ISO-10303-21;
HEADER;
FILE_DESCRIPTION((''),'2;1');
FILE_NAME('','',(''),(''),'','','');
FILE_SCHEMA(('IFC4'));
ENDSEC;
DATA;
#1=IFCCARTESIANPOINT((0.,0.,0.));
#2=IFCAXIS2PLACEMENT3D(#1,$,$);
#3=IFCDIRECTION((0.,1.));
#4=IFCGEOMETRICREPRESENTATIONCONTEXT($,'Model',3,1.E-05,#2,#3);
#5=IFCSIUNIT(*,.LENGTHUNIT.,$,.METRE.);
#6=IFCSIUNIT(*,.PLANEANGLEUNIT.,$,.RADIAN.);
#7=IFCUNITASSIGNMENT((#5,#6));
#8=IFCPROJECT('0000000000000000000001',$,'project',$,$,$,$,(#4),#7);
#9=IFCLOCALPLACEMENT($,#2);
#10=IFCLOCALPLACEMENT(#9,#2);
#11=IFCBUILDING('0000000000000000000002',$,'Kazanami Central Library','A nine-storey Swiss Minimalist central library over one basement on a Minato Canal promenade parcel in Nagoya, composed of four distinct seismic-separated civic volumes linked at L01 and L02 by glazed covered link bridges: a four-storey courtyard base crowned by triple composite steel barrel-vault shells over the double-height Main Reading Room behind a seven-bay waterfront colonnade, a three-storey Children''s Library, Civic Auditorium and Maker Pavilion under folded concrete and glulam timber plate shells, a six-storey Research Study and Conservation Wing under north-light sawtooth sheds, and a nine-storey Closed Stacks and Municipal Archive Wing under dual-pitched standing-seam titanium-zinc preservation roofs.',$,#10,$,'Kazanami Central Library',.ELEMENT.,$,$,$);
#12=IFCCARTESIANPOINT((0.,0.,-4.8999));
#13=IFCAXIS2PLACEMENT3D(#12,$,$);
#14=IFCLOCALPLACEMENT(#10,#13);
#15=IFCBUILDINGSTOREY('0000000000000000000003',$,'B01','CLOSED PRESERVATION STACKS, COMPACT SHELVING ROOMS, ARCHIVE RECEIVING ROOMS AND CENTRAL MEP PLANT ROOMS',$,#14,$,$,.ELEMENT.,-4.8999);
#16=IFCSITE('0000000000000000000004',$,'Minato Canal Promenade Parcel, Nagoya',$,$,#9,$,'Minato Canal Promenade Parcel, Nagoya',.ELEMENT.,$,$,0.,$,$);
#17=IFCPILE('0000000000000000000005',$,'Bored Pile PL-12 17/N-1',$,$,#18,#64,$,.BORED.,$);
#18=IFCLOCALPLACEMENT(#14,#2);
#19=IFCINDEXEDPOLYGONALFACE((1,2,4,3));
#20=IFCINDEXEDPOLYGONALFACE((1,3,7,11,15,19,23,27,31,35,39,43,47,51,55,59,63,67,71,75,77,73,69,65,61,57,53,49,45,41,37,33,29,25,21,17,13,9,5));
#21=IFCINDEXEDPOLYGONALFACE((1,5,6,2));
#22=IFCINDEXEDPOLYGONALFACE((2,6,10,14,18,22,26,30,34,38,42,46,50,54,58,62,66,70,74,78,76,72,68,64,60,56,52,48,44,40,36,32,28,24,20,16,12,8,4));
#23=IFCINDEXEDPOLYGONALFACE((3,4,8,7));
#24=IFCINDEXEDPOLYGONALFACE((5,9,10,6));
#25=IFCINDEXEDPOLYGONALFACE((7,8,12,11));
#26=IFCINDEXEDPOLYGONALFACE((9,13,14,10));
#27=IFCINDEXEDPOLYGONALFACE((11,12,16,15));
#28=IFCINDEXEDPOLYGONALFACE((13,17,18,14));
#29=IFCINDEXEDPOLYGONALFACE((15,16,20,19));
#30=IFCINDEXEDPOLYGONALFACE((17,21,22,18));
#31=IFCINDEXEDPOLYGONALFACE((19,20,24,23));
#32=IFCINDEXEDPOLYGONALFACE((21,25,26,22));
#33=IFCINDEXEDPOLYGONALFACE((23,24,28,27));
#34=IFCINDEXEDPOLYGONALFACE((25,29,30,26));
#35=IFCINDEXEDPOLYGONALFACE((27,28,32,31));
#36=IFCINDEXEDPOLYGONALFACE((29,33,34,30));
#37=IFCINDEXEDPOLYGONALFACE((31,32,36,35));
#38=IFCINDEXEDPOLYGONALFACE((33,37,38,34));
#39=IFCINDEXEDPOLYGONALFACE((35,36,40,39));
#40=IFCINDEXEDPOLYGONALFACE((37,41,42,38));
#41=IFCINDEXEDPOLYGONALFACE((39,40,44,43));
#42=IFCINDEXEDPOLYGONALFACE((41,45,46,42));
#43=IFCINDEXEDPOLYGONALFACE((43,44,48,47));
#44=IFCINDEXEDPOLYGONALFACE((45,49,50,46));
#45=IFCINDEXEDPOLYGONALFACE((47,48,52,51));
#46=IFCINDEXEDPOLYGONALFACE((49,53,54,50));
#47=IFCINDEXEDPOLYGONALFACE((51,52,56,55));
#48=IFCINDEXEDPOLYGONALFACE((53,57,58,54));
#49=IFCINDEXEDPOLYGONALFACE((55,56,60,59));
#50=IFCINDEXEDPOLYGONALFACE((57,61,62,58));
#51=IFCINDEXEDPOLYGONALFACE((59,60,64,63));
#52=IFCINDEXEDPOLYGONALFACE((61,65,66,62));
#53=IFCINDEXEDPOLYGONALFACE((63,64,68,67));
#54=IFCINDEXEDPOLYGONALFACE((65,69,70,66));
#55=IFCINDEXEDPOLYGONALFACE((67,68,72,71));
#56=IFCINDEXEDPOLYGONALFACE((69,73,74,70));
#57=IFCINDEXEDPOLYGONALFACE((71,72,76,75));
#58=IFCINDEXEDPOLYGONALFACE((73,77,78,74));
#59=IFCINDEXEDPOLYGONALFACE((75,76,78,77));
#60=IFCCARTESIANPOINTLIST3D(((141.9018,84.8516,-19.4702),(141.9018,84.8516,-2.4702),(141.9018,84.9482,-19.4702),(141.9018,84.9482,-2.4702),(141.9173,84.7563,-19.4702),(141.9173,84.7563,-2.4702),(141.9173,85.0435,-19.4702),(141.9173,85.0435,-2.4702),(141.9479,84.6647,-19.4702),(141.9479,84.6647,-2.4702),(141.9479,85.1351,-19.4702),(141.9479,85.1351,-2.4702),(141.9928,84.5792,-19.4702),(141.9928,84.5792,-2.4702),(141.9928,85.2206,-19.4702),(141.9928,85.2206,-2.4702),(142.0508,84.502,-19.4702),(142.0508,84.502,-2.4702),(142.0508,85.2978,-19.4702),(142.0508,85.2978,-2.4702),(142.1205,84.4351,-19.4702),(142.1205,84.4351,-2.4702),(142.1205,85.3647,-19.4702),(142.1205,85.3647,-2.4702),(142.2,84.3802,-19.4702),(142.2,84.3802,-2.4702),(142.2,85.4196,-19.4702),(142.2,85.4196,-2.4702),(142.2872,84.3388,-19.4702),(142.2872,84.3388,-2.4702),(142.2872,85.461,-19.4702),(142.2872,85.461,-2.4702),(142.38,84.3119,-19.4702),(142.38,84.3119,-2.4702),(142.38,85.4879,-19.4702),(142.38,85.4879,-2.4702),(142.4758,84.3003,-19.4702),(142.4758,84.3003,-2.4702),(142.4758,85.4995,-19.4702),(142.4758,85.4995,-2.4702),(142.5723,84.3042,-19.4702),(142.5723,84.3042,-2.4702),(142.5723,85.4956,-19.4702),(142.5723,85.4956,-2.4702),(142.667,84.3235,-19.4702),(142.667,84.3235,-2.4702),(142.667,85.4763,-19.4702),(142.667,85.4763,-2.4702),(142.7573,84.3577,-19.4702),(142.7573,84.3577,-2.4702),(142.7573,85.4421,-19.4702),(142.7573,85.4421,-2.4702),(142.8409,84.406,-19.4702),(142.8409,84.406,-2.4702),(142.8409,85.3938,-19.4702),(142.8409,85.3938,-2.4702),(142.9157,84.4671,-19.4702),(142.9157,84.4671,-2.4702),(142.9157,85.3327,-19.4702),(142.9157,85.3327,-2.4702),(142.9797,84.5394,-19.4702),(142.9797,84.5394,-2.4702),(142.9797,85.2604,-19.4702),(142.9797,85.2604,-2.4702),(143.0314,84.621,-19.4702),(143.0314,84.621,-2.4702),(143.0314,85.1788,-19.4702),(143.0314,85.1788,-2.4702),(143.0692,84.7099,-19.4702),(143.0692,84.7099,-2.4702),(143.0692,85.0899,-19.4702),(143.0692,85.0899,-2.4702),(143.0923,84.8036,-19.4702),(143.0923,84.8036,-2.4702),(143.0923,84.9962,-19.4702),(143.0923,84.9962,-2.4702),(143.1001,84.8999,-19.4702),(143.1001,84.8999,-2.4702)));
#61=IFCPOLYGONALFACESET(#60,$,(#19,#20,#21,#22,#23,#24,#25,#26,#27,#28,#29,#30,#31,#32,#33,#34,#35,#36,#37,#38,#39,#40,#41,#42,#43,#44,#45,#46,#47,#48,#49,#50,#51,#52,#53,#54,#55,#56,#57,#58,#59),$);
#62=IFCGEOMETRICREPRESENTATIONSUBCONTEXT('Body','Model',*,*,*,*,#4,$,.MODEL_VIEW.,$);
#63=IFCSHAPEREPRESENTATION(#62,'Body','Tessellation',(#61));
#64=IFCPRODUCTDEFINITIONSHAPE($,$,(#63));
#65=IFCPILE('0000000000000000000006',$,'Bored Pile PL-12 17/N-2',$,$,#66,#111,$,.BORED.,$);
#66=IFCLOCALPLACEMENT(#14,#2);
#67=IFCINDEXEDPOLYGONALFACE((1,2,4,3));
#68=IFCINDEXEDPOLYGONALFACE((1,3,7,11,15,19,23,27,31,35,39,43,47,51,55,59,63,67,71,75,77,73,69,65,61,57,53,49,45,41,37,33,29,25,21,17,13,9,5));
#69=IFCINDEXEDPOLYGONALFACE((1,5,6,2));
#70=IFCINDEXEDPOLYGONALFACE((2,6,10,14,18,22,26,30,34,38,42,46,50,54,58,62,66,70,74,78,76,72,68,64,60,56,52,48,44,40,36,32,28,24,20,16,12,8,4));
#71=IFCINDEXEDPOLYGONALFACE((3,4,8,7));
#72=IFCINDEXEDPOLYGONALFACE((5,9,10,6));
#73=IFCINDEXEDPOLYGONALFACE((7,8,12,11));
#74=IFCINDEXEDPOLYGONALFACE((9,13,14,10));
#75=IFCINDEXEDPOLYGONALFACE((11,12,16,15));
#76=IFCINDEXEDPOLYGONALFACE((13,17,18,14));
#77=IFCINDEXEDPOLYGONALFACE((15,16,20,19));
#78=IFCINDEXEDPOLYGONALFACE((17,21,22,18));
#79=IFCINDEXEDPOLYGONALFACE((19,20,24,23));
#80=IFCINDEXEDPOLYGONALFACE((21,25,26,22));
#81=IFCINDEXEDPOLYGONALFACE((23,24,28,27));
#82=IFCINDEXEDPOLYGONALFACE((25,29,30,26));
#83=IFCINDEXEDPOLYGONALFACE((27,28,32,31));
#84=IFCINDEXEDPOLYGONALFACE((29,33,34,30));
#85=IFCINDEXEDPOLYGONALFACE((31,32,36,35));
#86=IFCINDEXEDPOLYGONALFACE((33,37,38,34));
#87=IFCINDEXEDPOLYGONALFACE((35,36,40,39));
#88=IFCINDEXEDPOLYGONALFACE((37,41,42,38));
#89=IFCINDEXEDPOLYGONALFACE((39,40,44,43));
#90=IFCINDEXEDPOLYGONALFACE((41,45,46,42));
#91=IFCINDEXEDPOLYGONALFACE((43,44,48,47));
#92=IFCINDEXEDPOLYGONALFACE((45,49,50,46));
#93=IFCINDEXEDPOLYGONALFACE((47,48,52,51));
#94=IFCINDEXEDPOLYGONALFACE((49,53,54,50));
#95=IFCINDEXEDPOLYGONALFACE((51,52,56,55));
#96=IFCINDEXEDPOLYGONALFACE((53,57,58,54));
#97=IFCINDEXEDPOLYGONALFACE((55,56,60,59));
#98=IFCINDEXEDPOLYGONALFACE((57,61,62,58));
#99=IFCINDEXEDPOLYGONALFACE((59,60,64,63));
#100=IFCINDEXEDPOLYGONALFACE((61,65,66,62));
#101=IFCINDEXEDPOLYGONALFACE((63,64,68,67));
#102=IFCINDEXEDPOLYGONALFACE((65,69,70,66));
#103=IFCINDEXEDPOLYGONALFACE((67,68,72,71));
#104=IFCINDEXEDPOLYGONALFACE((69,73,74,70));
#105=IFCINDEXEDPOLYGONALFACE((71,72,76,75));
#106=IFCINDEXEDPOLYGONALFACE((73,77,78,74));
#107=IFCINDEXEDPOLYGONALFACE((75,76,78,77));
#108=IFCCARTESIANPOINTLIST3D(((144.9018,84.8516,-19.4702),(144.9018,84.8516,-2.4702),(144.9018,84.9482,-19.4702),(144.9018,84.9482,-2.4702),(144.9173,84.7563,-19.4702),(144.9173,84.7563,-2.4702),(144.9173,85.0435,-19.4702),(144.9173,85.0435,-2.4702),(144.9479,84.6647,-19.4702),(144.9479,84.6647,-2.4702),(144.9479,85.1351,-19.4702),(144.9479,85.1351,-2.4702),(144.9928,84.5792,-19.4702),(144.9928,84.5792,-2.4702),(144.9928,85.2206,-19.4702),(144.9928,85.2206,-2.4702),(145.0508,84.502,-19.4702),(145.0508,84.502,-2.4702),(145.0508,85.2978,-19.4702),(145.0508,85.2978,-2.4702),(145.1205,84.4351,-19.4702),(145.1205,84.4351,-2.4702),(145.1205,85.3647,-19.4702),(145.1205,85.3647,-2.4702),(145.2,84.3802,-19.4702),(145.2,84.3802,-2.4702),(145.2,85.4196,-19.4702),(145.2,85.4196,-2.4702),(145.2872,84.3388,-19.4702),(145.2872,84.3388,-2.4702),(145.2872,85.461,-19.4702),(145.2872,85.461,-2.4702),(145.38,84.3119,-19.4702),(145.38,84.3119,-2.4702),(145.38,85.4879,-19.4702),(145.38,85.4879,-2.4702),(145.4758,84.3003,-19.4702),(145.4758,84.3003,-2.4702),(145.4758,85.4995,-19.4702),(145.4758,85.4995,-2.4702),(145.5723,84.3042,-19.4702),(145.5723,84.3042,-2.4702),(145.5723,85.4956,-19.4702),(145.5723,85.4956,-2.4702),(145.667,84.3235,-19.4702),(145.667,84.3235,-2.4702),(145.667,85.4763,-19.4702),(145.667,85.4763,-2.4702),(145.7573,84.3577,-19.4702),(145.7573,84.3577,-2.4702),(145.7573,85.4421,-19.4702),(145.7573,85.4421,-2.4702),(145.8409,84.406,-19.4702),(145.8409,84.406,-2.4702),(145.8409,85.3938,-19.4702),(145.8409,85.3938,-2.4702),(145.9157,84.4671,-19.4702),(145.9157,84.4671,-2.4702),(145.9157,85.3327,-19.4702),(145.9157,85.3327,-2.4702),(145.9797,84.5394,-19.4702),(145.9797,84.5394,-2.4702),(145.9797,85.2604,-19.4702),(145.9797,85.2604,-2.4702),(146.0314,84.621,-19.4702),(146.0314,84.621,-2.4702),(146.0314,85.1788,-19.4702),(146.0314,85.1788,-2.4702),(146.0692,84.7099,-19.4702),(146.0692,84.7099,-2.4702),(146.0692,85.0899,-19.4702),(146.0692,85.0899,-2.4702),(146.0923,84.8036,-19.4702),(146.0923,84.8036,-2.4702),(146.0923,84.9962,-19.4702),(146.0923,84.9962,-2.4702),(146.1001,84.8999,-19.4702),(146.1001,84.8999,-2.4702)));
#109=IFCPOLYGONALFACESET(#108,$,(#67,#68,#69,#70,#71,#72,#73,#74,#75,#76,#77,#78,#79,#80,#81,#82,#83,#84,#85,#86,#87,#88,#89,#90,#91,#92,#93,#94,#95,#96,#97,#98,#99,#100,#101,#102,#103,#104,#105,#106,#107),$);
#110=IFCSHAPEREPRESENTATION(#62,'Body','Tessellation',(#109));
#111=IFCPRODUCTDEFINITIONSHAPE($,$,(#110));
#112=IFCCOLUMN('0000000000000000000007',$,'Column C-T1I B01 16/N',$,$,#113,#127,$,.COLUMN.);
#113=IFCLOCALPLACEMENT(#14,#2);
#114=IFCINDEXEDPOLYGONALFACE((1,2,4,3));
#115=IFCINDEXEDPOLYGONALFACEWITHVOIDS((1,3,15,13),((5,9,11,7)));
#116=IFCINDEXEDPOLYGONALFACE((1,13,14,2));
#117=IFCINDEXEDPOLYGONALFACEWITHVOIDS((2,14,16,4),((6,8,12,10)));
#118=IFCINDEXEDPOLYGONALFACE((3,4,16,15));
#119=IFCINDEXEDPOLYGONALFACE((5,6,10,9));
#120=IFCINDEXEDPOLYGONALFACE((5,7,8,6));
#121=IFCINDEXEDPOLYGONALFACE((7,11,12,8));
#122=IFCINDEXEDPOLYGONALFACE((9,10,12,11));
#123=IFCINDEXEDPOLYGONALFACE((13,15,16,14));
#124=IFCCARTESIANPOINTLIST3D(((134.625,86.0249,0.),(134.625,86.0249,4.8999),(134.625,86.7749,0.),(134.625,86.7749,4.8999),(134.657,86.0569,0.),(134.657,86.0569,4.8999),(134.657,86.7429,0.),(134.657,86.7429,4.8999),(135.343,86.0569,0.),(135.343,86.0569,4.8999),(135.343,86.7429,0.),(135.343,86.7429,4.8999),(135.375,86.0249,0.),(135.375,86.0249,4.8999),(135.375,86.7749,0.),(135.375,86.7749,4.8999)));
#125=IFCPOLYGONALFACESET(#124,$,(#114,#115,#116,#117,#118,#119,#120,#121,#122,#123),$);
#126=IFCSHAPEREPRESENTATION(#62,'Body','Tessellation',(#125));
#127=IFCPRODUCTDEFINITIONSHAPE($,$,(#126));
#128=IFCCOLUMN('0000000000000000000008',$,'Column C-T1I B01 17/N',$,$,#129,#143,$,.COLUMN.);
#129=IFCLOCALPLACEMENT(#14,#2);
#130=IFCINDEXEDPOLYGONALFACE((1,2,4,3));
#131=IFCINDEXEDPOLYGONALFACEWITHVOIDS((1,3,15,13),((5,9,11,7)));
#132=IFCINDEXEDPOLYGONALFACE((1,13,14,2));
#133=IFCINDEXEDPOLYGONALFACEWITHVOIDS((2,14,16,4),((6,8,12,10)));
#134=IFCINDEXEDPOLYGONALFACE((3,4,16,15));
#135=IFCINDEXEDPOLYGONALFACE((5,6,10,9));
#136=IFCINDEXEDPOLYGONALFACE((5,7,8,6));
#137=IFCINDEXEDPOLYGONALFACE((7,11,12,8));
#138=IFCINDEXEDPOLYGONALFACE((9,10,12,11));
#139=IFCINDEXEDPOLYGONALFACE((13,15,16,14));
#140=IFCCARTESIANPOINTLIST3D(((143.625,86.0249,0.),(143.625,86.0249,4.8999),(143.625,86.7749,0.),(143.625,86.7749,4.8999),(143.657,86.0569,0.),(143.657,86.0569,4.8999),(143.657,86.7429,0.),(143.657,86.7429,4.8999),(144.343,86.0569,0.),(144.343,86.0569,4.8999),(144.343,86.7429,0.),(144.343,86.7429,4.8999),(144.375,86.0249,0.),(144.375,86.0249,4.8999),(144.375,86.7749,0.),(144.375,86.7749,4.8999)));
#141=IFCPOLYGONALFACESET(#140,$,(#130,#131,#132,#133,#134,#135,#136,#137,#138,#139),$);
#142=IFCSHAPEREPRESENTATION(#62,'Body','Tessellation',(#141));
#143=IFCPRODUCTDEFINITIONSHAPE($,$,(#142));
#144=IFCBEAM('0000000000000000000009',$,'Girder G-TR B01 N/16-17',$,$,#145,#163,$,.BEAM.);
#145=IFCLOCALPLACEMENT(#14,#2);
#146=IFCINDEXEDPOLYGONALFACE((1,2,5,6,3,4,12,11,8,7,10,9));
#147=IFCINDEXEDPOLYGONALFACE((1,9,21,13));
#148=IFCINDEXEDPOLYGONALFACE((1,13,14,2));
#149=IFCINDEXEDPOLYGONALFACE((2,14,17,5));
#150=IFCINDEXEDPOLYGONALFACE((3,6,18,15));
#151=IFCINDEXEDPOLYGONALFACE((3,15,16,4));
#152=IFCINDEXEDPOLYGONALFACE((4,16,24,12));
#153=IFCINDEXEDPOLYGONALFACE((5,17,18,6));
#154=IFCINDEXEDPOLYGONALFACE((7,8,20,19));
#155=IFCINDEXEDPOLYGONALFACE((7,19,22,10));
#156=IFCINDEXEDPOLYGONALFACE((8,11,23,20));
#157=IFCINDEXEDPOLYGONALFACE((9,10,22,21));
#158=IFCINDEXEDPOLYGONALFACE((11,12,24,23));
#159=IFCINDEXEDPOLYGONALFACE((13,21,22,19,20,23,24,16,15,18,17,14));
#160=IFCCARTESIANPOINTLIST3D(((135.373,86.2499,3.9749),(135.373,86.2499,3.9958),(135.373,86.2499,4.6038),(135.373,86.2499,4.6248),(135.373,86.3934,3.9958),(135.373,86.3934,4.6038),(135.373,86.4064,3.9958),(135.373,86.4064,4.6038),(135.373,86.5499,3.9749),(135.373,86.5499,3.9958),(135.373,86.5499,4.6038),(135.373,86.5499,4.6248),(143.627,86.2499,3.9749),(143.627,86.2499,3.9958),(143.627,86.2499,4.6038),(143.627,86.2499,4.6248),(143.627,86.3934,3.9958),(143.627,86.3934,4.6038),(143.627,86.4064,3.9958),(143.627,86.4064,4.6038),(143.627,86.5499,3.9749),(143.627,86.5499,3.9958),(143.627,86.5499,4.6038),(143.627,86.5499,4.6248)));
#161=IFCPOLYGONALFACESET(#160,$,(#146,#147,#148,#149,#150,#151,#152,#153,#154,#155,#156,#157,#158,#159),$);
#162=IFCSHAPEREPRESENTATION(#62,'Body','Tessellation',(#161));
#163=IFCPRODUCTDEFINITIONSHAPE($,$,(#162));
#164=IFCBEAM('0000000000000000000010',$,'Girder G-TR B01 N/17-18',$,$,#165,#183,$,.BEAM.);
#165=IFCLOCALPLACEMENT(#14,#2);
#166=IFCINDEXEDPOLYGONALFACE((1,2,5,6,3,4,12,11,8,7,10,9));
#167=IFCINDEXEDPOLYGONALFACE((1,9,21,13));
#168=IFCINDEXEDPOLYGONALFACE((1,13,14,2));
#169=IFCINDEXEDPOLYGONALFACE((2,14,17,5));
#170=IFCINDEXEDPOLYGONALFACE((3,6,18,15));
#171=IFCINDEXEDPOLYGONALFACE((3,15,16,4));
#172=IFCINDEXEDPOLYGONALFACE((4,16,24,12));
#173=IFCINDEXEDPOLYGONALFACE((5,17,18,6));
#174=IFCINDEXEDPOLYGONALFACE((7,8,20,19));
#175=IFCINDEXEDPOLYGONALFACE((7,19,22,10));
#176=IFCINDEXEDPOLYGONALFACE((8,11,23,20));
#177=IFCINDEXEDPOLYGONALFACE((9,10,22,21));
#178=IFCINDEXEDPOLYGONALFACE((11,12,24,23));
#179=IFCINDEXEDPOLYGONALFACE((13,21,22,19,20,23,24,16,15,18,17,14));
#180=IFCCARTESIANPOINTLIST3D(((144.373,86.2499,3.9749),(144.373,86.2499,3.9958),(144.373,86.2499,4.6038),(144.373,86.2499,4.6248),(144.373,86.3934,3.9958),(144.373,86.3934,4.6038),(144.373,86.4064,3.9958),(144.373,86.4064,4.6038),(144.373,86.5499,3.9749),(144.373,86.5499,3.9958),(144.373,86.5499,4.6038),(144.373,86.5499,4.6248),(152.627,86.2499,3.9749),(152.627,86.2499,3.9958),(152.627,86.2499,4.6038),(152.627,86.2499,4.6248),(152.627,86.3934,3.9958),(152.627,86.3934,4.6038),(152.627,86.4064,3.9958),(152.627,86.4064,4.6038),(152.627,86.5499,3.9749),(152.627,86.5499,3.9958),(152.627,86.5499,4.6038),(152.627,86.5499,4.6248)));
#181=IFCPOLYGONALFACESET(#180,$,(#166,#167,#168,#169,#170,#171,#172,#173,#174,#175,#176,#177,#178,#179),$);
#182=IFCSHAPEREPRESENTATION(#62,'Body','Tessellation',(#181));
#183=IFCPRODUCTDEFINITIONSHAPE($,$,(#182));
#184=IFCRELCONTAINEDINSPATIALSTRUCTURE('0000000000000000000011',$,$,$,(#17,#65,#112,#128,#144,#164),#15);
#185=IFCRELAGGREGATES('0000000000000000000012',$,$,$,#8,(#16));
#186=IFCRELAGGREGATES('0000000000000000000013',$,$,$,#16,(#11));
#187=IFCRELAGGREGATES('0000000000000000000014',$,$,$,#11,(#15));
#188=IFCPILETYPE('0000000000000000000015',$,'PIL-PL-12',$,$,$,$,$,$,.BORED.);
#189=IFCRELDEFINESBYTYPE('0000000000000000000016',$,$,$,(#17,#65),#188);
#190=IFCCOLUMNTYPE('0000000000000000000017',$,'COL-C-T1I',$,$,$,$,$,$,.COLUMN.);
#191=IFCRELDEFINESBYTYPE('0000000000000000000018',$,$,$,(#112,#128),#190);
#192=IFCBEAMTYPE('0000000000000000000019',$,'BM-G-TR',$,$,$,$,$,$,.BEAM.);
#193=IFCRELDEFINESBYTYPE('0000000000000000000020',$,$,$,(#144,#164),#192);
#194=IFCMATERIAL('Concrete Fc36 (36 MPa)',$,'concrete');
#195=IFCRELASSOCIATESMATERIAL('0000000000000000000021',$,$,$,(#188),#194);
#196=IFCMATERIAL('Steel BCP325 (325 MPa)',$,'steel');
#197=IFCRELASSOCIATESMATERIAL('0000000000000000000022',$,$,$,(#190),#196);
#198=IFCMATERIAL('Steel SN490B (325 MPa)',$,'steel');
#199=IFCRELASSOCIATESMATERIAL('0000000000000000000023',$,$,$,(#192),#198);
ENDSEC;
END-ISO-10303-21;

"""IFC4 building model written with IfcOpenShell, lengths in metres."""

from ifc_helpers import new_model, si_unit, direction, frame, origin, origin_2d, place, context, subcontext, project, spatial, hollow_rectangle, circle, i_section, extrude, material, material_profile, profile_set, type_object, element, save


model = new_model("IFC4")

# Units and contexts
model_context = context("Model", 3, precision=1e-05, world=origin(), true_north=direction((0.0, 1.0)))
body_context = subcontext(model_context, "Body", "Model", "MODEL_VIEW")
ifc_project = project(units=[si_unit("LENGTHUNIT", "METRE"), si_unit("PLANEANGLEUNIT", "RADIAN")], contexts=[model_context])

# Site, building, storey
site_placement = place(None, origin())
site = spatial("IfcSite", under=ifc_project, at=site_placement, Name="Minato Canal Promenade Parcel, Nagoya", LongName="Minato Canal Promenade Parcel, Nagoya", CompositionType="ELEMENT", RefElevation=0.0)
building_placement = place(site_placement, origin())
building = spatial("IfcBuilding", under=site, at=building_placement, Name="Kazanami Central Library", Description="A nine-storey Swiss Minimalist central library over one basement on a Minato Canal promenade parcel in Nagoya, composed of four distinct seismic-separated civic volumes linked at L01 and L02 by glazed covered link bridges: a four-storey courtyard base crowned by triple composite steel barrel-vault shells over the double-height Main Reading Room behind a seven-bay waterfront colonnade, a three-storey Children's Library, Civic Auditorium and Maker Pavilion under folded concrete and glulam timber plate shells, a six-storey Research Study and Conservation Wing under north-light sawtooth sheds, and a nine-storey Closed Stacks and Municipal Archive Wing under dual-pitched standing-seam titanium-zinc preservation roofs.", LongName="Kazanami Central Library", CompositionType="ELEMENT")
storey_placement = place(building_placement, frame((0.0, 0.0, -4.8999)))
storey = spatial("IfcBuildingStorey", under=building, at=storey_placement, Name="B01", Description="CLOSED PRESERVATION STACKS, COMPACT SHELVING ROOMS, ARCHIVE RECEIVING ROOMS AND CENTRAL MEP PLANT ROOMS", CompositionType="ELEMENT", Elevation=-4.8999)

# Shared definitions
ifc_material_1 = material(Name="Concrete Fc36 (36 MPa)", Category="concrete")

# Piles
ifc_material_profile_1 = material_profile(ifc_material_1, circle(Radius=0.6001, at=origin_2d()), Name="BORED-D1200")
ifc_profile_set_1 = profile_set([ifc_material_profile_1], Name="Concrete Fc36 (36 MPa)")
pile_type = type_object("IfcPileType", Name="PIL-PL-12", PredefinedType="BORED", material=ifc_profile_set_1)
for number, where, z_axis, x_axis, name in (
    (1, (142.5, 84.8999, -2.4702), (0.0, 0.0, -1.0), (1.0, 0.0, 0.0), "Bored Pile PL-12 17/N-1"),
    (2, (145.5, 84.8999, -2.4702), (0.0, 0.0, -1.0), (1.0, 0.0, 0.0), "Bored Pile PL-12 17/N-2"),
):
    element("IfcPile", number, at=place(storey_placement, frame(where, z_axis=z_axis, x_axis=x_axis)), inside=storey, type_object=pile_type, Name=name, PredefinedType="BORED", context=body_context, shape_type="SweptSolid", body=[
        extrude(circle(Radius=0.6001, at=origin_2d()), origin(), (0.0, 0.0, 1.0), 17.0),
    ])

# Columns
ifc_material_2 = material(Name="Steel BCP325 (325 MPa)", Category="steel")
ifc_material_profile_2 = material_profile(ifc_material_2, hollow_rectangle(XDim=0.75, YDim=0.75, WallThickness=0.032, at=origin_2d()), Name="BCP-750x750x32")
ifc_profile_set_2 = profile_set([ifc_material_profile_2], Name="Steel BCP325 (325 MPa)")
column_type = type_object("IfcColumnType", Name="COL-C-T1I", PredefinedType="COLUMN", material=ifc_profile_set_2)
for number, where, z_axis, x_axis, name in (
    (3, (135.0, 86.3999, 0.0), (0.0, 0.0, 1.0), (1.0, 0.0, 0.0), "Column C-T1I B01 16/N"),
    (4, (144.0, 86.3999, 0.0), (0.0, 0.0, 1.0), (1.0, 0.0, 0.0), "Column C-T1I B01 17/N"),
):
    element("IfcColumn", number, at=place(storey_placement, frame(where, z_axis=z_axis, x_axis=x_axis)), inside=storey, type_object=column_type, Name=name, PredefinedType="COLUMN", context=body_context, shape_type="SweptSolid", body=[
        extrude(hollow_rectangle(XDim=0.75, YDim=0.75, WallThickness=0.032, at=origin_2d()), origin(), (0.0, 0.0, 1.0), 4.8999),
    ])

# Beams
ifc_material_3 = material(Name="Steel SN490B (325 MPa)", Category="steel")
ifc_material_profile_3 = material_profile(ifc_material_3, i_section(OverallWidth=0.3, OverallDepth=0.6499, WebThickness=0.0129, FlangeThickness=0.021, at=origin_2d()), Name="H-650x300x13x21")
ifc_profile_set_3 = profile_set([ifc_material_profile_3], Name="Steel SN490B (325 MPa)")
beam_type = type_object("IfcBeamType", Name="BM-G-TR", PredefinedType="BEAM", material=ifc_profile_set_3)
for number, where, z_axis, x_axis, name in (
    (5, (135.373, 86.3999, 4.2998), (1.0, 0.0, 0.0), (0.0, 1.0, 0.0), "Girder G-TR B01 N/16-17"),
    (6, (144.373, 86.3999, 4.2998), (1.0, 0.0, 0.0), (0.0, 1.0, 0.0), "Girder G-TR B01 N/17-18"),
):
    element("IfcBeam", number, at=place(storey_placement, frame(where, z_axis=z_axis, x_axis=x_axis)), inside=storey, type_object=beam_type, Name=name, PredefinedType="BEAM", context=body_context, shape_type="SweptSolid", body=[
        extrude(i_section(OverallWidth=0.3, OverallDepth=0.6499, WebThickness=0.0129, FlangeThickness=0.021, at=origin_2d()), origin(), (0.0, 0.0, 1.0), 8.2539),
    ])

save(model, "model.ifc")
